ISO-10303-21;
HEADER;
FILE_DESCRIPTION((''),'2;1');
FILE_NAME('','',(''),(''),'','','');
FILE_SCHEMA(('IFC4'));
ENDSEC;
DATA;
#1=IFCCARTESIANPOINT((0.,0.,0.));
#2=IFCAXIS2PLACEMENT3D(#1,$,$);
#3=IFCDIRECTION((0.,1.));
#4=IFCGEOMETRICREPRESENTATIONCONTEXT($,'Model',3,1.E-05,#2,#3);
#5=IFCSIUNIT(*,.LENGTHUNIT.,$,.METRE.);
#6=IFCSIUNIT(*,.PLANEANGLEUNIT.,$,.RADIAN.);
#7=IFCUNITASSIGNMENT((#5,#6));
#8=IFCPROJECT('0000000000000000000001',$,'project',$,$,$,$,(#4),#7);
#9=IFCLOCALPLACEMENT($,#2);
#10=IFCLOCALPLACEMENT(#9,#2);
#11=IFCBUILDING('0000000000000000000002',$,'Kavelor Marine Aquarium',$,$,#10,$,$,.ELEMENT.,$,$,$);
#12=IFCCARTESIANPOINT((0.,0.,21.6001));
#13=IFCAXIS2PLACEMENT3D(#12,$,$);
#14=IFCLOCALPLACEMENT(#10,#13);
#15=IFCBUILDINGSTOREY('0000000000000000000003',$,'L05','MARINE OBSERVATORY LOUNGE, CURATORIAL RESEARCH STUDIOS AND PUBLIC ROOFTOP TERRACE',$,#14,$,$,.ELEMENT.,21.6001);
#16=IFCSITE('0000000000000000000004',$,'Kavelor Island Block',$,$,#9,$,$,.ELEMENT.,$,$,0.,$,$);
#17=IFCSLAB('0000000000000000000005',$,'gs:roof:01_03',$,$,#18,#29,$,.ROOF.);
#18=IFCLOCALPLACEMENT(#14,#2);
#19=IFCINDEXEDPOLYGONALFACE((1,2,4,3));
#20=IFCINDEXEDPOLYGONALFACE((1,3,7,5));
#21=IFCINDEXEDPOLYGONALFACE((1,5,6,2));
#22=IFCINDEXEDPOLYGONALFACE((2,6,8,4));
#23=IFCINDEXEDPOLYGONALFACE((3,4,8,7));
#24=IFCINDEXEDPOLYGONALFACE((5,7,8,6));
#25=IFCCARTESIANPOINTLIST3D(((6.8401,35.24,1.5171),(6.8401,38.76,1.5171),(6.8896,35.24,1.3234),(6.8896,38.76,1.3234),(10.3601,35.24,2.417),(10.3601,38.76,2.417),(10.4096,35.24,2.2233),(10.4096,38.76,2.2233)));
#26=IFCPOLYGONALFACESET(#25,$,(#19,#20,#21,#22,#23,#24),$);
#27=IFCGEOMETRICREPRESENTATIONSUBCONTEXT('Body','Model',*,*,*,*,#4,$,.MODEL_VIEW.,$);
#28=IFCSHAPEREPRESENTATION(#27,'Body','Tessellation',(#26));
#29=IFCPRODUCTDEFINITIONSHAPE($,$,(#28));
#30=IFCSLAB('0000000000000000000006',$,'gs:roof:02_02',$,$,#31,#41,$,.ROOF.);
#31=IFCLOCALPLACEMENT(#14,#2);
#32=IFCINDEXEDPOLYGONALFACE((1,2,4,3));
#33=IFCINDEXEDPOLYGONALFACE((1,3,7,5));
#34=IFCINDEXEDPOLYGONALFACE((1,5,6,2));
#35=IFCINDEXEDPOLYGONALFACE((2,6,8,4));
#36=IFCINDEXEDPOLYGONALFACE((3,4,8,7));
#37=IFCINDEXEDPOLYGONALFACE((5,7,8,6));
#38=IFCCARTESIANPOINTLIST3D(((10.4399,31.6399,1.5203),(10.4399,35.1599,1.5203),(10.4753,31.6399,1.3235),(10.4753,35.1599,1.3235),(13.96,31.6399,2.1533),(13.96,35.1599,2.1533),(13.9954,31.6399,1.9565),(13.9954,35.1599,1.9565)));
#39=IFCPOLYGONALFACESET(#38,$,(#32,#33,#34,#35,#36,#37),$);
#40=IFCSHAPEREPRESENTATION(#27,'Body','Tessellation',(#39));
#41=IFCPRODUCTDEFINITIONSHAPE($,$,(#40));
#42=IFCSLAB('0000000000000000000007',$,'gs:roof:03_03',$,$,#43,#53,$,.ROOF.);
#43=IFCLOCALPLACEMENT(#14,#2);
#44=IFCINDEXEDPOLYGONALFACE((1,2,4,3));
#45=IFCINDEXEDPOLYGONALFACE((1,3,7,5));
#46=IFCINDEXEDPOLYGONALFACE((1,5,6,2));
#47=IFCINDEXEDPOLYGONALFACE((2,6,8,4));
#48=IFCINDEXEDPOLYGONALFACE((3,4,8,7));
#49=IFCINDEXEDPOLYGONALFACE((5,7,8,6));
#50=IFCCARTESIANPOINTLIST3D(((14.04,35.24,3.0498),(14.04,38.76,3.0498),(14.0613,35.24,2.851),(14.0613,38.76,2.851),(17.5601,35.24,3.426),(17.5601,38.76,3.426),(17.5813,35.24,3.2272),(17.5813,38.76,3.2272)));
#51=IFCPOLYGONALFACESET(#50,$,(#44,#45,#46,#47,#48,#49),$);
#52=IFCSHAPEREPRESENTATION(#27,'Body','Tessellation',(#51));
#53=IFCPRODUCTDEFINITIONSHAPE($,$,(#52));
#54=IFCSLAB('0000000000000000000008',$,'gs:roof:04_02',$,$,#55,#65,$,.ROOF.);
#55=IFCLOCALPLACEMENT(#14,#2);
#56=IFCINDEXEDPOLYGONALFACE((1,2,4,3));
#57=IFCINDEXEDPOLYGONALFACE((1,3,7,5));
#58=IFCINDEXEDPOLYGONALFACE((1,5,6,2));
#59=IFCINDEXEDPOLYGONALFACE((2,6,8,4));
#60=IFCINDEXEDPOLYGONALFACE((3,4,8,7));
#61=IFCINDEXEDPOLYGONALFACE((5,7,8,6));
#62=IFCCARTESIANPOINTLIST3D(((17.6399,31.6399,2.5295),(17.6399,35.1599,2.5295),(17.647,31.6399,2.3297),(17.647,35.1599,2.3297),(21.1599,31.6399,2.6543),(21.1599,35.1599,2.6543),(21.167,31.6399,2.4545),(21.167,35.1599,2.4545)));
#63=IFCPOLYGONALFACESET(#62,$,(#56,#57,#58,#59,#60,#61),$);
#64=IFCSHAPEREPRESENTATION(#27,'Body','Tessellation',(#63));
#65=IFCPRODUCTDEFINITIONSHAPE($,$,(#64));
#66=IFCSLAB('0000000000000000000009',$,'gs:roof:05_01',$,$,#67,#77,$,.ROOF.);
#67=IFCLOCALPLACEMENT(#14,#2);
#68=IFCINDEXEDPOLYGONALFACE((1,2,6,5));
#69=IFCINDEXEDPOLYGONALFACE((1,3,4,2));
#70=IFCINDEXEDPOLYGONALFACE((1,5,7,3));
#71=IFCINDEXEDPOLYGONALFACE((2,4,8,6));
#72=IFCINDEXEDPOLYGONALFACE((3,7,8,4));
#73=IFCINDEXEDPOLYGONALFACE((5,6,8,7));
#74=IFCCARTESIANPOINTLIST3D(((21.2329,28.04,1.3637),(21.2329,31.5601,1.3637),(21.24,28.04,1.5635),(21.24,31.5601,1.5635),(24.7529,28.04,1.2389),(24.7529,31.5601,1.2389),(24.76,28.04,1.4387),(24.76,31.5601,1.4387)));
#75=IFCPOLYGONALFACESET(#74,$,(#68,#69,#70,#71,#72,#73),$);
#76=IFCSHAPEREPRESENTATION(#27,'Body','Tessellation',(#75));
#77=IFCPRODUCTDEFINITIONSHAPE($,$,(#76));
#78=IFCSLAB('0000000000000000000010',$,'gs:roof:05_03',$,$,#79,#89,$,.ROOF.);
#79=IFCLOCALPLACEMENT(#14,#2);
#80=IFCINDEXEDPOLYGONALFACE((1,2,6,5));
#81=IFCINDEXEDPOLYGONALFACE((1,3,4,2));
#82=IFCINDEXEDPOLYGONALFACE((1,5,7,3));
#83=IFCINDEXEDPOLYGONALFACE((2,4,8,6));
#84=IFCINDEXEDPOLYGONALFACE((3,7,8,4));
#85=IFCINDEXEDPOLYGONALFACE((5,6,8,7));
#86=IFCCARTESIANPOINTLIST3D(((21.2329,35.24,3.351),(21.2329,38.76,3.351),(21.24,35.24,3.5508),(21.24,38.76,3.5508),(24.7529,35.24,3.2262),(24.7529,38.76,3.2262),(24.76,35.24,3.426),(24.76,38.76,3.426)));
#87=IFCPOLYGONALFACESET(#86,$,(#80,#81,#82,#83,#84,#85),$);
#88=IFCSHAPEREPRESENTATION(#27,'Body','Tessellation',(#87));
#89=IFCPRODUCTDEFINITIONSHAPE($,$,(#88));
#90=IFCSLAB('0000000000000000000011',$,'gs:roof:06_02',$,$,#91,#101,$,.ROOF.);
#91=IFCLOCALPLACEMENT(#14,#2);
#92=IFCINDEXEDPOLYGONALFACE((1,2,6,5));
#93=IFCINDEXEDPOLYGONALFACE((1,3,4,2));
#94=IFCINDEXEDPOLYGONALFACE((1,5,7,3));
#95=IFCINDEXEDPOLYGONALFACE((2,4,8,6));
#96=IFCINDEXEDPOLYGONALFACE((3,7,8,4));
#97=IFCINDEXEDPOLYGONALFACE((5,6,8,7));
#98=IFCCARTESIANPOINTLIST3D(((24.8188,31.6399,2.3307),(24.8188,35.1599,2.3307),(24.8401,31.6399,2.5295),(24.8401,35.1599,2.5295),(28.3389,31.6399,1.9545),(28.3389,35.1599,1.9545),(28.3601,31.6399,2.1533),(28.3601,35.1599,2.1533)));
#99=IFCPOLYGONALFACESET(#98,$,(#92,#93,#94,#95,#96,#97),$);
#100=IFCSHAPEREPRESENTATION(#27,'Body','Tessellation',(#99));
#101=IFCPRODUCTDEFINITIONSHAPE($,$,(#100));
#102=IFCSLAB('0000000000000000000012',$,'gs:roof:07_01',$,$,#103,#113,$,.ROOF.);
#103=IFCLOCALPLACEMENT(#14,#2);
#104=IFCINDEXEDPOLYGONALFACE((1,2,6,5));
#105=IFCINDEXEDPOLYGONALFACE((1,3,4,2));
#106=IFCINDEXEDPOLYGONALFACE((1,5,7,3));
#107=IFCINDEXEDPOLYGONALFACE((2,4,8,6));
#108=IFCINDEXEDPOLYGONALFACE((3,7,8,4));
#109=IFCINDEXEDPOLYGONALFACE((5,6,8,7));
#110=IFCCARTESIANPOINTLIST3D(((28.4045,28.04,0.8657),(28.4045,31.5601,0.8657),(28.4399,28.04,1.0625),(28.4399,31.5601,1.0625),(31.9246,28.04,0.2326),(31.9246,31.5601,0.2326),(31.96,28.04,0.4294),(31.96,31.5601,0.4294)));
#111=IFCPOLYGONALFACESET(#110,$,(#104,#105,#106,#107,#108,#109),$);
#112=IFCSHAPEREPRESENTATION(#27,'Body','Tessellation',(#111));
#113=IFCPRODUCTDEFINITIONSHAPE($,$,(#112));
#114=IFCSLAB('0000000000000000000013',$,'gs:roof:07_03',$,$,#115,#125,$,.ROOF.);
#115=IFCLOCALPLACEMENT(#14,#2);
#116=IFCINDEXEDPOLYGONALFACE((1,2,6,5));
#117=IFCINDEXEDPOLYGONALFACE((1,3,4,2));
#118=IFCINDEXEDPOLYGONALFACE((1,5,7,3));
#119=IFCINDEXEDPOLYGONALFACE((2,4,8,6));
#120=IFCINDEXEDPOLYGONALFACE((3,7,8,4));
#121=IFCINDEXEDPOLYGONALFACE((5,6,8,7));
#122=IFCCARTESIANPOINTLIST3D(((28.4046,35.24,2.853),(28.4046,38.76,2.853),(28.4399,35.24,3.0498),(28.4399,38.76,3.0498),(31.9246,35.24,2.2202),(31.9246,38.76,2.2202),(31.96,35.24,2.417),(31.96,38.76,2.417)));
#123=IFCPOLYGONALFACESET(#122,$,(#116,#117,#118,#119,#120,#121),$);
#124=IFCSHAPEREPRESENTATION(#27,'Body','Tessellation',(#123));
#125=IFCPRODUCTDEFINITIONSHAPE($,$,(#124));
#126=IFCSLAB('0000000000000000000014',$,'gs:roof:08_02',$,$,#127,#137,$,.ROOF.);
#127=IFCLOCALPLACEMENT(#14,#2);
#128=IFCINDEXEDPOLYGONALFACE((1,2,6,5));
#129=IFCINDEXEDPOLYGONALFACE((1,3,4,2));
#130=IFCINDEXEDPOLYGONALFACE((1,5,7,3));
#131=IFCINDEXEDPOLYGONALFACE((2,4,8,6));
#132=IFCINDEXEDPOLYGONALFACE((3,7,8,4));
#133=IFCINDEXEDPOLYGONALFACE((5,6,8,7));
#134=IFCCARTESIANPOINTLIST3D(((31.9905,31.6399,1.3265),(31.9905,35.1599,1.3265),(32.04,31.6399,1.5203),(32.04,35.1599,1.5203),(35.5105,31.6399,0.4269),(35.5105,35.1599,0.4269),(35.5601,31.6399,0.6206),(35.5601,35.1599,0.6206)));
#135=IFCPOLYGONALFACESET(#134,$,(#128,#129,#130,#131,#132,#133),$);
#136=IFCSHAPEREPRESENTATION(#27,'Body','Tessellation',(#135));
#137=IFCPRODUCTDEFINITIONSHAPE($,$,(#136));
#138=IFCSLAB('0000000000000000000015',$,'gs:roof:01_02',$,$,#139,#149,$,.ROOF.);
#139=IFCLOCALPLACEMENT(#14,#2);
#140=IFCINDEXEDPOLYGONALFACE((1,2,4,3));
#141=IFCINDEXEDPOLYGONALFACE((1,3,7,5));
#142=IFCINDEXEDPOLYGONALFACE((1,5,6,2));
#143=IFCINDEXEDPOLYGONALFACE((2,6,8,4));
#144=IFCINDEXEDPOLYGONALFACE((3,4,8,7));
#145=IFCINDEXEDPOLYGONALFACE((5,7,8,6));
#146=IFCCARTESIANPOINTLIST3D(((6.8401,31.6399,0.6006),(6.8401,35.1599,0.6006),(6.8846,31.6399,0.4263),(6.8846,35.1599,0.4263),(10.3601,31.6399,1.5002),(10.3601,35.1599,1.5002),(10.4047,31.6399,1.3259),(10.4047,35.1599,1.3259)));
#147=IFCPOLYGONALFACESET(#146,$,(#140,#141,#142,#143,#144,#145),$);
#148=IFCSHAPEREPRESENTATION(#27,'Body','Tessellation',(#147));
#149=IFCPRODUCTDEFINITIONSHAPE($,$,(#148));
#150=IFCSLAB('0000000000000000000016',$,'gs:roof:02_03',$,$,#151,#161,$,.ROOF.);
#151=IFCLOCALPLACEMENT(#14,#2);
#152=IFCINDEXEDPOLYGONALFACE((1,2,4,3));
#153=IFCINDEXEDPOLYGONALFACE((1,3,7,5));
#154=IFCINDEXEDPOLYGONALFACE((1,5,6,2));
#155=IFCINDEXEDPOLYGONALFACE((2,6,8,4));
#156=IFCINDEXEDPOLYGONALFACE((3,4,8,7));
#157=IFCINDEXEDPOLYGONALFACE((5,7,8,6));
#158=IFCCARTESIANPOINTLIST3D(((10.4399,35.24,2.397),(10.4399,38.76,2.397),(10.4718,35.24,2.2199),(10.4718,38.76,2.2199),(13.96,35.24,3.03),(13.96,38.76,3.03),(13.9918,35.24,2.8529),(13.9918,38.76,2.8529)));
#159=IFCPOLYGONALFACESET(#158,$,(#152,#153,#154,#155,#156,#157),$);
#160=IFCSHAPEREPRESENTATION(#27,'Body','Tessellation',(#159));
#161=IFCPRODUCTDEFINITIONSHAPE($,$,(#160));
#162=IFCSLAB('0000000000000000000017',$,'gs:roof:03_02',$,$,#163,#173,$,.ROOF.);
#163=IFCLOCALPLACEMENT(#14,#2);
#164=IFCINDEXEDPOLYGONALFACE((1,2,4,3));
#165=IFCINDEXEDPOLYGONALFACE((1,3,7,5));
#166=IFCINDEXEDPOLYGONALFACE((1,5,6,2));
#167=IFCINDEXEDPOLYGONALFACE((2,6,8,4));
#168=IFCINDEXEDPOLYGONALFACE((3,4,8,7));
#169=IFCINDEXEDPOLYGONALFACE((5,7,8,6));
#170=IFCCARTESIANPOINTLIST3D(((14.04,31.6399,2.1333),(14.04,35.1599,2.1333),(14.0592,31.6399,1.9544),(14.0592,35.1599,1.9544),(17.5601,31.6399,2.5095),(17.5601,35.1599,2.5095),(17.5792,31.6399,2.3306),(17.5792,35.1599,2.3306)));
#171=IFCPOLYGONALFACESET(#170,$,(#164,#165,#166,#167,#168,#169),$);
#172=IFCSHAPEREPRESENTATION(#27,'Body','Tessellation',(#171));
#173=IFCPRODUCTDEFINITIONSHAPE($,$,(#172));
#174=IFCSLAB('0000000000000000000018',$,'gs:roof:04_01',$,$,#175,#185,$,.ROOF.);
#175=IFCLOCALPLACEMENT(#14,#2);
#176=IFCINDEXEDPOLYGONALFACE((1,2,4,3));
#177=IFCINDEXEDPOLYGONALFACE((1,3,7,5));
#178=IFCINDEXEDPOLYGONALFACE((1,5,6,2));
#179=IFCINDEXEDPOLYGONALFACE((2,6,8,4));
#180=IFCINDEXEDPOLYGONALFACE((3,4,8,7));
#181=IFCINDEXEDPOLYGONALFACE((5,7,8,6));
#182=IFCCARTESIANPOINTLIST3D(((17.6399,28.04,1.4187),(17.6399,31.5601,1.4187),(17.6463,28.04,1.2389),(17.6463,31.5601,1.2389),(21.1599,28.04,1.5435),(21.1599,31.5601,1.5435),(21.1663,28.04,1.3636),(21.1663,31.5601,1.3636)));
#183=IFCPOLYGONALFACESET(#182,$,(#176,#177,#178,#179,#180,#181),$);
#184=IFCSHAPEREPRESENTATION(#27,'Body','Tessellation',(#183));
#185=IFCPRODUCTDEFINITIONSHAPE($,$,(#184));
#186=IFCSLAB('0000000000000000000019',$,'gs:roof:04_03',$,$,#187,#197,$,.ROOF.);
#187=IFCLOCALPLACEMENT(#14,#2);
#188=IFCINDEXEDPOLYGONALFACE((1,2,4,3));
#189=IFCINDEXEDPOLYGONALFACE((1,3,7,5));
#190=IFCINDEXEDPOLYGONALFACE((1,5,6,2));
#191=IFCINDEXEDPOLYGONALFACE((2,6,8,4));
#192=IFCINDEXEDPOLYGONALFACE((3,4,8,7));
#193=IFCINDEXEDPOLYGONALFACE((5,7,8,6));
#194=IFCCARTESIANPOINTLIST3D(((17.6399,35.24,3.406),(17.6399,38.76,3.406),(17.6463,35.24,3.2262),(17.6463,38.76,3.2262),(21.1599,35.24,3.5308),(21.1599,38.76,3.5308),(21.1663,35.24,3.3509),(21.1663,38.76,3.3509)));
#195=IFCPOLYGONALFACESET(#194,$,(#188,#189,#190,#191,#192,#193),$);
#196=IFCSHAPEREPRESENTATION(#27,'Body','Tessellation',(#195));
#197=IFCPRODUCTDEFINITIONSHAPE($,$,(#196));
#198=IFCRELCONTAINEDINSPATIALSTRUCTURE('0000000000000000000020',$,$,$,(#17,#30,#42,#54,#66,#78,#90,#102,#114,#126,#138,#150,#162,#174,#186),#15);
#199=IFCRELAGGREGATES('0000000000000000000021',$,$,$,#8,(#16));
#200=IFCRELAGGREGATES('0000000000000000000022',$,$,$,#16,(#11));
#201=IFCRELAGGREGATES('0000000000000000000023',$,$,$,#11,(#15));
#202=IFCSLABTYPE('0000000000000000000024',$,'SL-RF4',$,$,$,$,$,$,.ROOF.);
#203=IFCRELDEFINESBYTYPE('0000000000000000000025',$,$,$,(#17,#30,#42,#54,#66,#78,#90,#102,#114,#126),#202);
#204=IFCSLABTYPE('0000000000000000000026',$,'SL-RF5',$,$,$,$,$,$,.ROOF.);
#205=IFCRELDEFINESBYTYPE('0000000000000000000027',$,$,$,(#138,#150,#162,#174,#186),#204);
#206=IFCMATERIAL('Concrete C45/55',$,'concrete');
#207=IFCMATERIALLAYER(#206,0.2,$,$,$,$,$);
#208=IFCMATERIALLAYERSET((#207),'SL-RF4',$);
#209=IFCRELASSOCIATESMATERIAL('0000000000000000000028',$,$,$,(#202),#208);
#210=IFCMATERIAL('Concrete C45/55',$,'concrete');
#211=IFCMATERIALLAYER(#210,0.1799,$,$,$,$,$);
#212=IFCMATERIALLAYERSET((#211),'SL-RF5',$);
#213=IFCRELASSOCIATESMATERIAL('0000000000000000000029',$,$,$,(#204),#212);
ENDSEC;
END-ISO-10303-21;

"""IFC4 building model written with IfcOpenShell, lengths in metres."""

from ifc_helpers import new_model, si_unit, direction, frame, origin, place, context, subcontext, project, spatial, polyline, outline, extrude, material, layer, layer_set, type_object, element, save


model = new_model("IFC4")

# Units and contexts
model_context = context("Model", 3, precision=1e-05, world=origin(), true_north=direction((0.0, 1.0)))
body_context = subcontext(model_context, "Body", "Model", "MODEL_VIEW")
ifc_project = project(units=[si_unit("LENGTHUNIT", "METRE"), si_unit("PLANEANGLEUNIT", "RADIAN")], contexts=[model_context])

# Site, building, storey
site_placement = place(None, origin())
site = spatial("IfcSite", under=ifc_project, at=site_placement, Name="Kavelor Island Block", CompositionType="ELEMENT", RefElevation=0.0)
building_placement = place(site_placement, origin())
building = spatial("IfcBuilding", under=site, at=building_placement, Name="Kavelor Marine Aquarium", CompositionType="ELEMENT")
storey_placement = place(building_placement, frame((0.0, 0.0, 21.6001)))
storey = spatial("IfcBuildingStorey", under=building, at=storey_placement, Name="L05", Description="MARINE OBSERVATORY LOUNGE, CURATORIAL RESEARCH STUDIOS AND PUBLIC ROOFTOP TERRACE", CompositionType="ELEMENT", Elevation=21.6001)

# Slabs
ifc_material_1 = material(Name="Concrete C45/55", Category="concrete")
ifc_layer_1 = layer(ifc_material_1, 0.2)
ifc_layer_set_1 = layer_set([ifc_layer_1], Name="SL-RF4")
slab_type_1 = type_object("IfcSlabType", Name="SL-RF4", PredefinedType="ROOF", material=ifc_layer_set_1)
slab_1_placement = place(storey_placement, frame((6.8401, 35.24, 1.5171), z_axis=(-0.247687, 0.0, 0.96884), x_axis=(0.96884, 0.0, 0.247687)))
element("IfcSlab", 1, at=slab_1_placement, inside=storey, type_object=slab_type_1, Name="gs:roof:01_03", PredefinedType="ROOF", context=body_context, shape_type="SweptSolid", body=[
    extrude(outline(polyline([(0.0, 0.0), (3.6332, 0.0), (3.6332, 3.52), (0.0, 3.52), (0.0, 0.0)])), origin(), (0.0, 0.0, -1.0), 0.2),
])
slab_2_placement = place(storey_placement, frame((10.4399, 31.6399, 1.5203), z_axis=(-0.177005, 0.0, 0.98421), x_axis=(0.98421, 0.0, 0.177005)))
element("IfcSlab", 2, at=slab_2_placement, inside=storey, type_object=slab_type_1, Name="gs:roof:02_02", PredefinedType="ROOF", context=body_context, shape_type="SweptSolid", body=[
    extrude(outline(polyline([(0.0, 0.0), (3.5765, 0.0), (3.5765, 3.52), (0.0, 3.52), (0.0, 0.0)])), origin(), (0.0, 0.0, -1.0), 0.2),
])
slab_3_placement = place(storey_placement, frame((14.04, 35.24, 3.0498), z_axis=(-0.106275, 0.0, 0.994337), x_axis=(0.994337, 0.0, 0.106275)))
element("IfcSlab", 3, at=slab_3_placement, inside=storey, type_object=slab_type_1, Name="gs:roof:03_03", PredefinedType="ROOF", context=body_context, shape_type="SweptSolid", body=[
    extrude(outline(polyline([(0.0, 0.0), (3.5401, 0.0), (3.5401, 3.52), (0.0, 3.52), (0.0, 0.0)])), origin(), (0.0, 0.0, -1.0), 0.2),
])
for number, where, z_axis, x_axis, name in (
    (4, (17.6399, 31.6399, 2.5295), (-0.03542, 0.0, 0.999373), (0.999373, 0.0, 0.03542), "gs:roof:04_02"),
    (5, (21.24, 28.04, 1.5635), (0.03542, 0.0, 0.999373), (0.999373, 0.0, -0.03542), "gs:roof:05_01"),
    (6, (21.24, 35.24, 3.5508), (0.03542, 0.0, 0.999373), (0.999373, 0.0, -0.03542), "gs:roof:05_03"),
):
    element("IfcSlab", number, at=place(storey_placement, frame(where, z_axis=z_axis, x_axis=x_axis)), inside=storey, type_object=slab_type_1, Name=name, PredefinedType="ROOF", context=body_context, shape_type="SweptSolid", body=[
        extrude(outline(polyline([(0.0, 0.0), (3.5222, 0.0), (3.5222, 3.52), (0.0, 3.52), (0.0, 0.0)])), origin(), (0.0, 0.0, -1.0), 0.2),
    ])
slab_4_placement = place(storey_placement, frame((24.8401, 31.6399, 2.5295), z_axis=(0.106275, 0.0, 0.994337), x_axis=(0.994337, 0.0, -0.106275)))
element("IfcSlab", 7, at=slab_4_placement, inside=storey, type_object=slab_type_1, Name="gs:roof:06_02", PredefinedType="ROOF", context=body_context, shape_type="SweptSolid", body=[
    extrude(outline(polyline([(0.0, 0.0), (3.5401, 0.0), (3.5401, 3.52), (0.0, 3.52), (0.0, 0.0)])), origin(), (0.0, 0.0, -1.0), 0.2),
])
slab_5_placement = place(storey_placement, frame((28.4399, 28.04, 1.0625), z_axis=(0.177005, 0.0, 0.98421), x_axis=(0.98421, 0.0, -0.177005)))
element("IfcSlab", 8, at=slab_5_placement, inside=storey, type_object=slab_type_1, Name="gs:roof:07_01", PredefinedType="ROOF", context=body_context, shape_type="SweptSolid", body=[
    extrude(outline(polyline([(0.0, 0.0), (3.5765, 0.0), (3.5765, 3.52), (0.0, 3.52), (0.0, 0.0)])), origin(), (0.0, 0.0, -1.0), 0.2),
])
slab_6_placement = place(storey_placement, frame((28.4399, 35.24, 3.0498), z_axis=(0.176939, 0.0, 0.984222), x_axis=(0.984222, 0.0, -0.176939)))
element("IfcSlab", 9, at=slab_6_placement, inside=storey, type_object=slab_type_1, Name="gs:roof:07_03", PredefinedType="ROOF", context=body_context, shape_type="SweptSolid", body=[
    extrude(outline(polyline([(0.0, 0.0), (3.5764, 0.0), (3.5764, 3.52), (0.0, 3.52), (0.0, 0.0)])), origin(), (0.0, 0.0, -1.0), 0.2),
])
slab_7_placement = place(storey_placement, frame((32.04, 31.6399, 1.5203), z_axis=(0.247623, 0.0, 0.968856), x_axis=(0.968856, 0.0, -0.247623)))
element("IfcSlab", 10, at=slab_7_placement, inside=storey, type_object=slab_type_1, Name="gs:roof:08_02", PredefinedType="ROOF", context=body_context, shape_type="SweptSolid", body=[
    extrude(outline(polyline([(0.0, 0.0), (3.6332, 0.0), (3.6332, 3.52), (0.0, 3.52), (0.0, 0.0)])), origin(), (0.0, 0.0, -1.0), 0.2),
])
ifc_material_2 = material(Name="Concrete C45/55", Category="concrete")
ifc_layer_2 = layer(ifc_material_2, 0.1799)
ifc_layer_set_2 = layer_set([ifc_layer_2], Name="SL-RF5")
slab_type_2 = type_object("IfcSlabType", Name="SL-RF5", PredefinedType="ROOF", material=ifc_layer_set_2)
slab_8_placement = place(storey_placement, frame((6.8401, 31.6399, 0.6006), z_axis=(-0.247623, 0.0, 0.968856), x_axis=(0.968856, 0.0, 0.247623)))
element("IfcSlab", 11, at=slab_8_placement, inside=storey, type_object=slab_type_2, Name="gs:roof:01_02", PredefinedType="ROOF", context=body_context, shape_type="SweptSolid", body=[
    extrude(outline(polyline([(0.0, 0.0), (3.6332, 0.0), (3.6332, 3.52), (0.0, 3.52), (0.0, 0.0)])), origin(), (0.0, 0.0, -1.0), 0.1799),
])
slab_9_placement = place(storey_placement, frame((10.4399, 35.24, 2.397), z_axis=(-0.177005, 0.0, 0.98421), x_axis=(0.98421, 0.0, 0.177005)))
element("IfcSlab", 12, at=slab_9_placement, inside=storey, type_object=slab_type_2, Name="gs:roof:02_03", PredefinedType="ROOF", context=body_context, shape_type="SweptSolid", body=[
    extrude(outline(polyline([(0.0, 0.0), (3.5765, 0.0), (3.5765, 3.52), (0.0, 3.52), (0.0, 0.0)])), origin(), (0.0, 0.0, -1.0), 0.1799),
])
slab_10_placement = place(storey_placement, frame((14.04, 31.6399, 2.1333), z_axis=(-0.106275, 0.0, 0.994337), x_axis=(0.994337, 0.0, 0.106275)))
element("IfcSlab", 13, at=slab_10_placement, inside=storey, type_object=slab_type_2, Name="gs:roof:03_02", PredefinedType="ROOF", context=body_context, shape_type="SweptSolid", body=[
    extrude(outline(polyline([(0.0, 0.0), (3.5401, 0.0), (3.5401, 3.52), (0.0, 3.52), (0.0, 0.0)])), origin(), (0.0, 0.0, -1.0), 0.1799),
])
for number, where, z_axis, x_axis, name in (
    (14, (17.6399, 28.04, 1.4187), (-0.03542, 0.0, 0.999373), (0.999373, 0.0, 0.03542), "gs:roof:04_01"),
    (15, (17.6399, 35.24, 3.406), (-0.03542, 0.0, 0.999373), (0.999373, 0.0, 0.03542), "gs:roof:04_03"),
):
    element("IfcSlab", number, at=place(storey_placement, frame(where, z_axis=z_axis, x_axis=x_axis)), inside=storey, type_object=slab_type_2, Name=name, PredefinedType="ROOF", context=body_context, shape_type="SweptSolid", body=[
        extrude(outline(polyline([(0.0, 0.0), (3.5222, 0.0), (3.5222, 3.52), (0.0, 3.52), (0.0, 0.0)])), origin(), (0.0, 0.0, -1.0), 0.1799),
    ])

save(model, "model.ifc")
